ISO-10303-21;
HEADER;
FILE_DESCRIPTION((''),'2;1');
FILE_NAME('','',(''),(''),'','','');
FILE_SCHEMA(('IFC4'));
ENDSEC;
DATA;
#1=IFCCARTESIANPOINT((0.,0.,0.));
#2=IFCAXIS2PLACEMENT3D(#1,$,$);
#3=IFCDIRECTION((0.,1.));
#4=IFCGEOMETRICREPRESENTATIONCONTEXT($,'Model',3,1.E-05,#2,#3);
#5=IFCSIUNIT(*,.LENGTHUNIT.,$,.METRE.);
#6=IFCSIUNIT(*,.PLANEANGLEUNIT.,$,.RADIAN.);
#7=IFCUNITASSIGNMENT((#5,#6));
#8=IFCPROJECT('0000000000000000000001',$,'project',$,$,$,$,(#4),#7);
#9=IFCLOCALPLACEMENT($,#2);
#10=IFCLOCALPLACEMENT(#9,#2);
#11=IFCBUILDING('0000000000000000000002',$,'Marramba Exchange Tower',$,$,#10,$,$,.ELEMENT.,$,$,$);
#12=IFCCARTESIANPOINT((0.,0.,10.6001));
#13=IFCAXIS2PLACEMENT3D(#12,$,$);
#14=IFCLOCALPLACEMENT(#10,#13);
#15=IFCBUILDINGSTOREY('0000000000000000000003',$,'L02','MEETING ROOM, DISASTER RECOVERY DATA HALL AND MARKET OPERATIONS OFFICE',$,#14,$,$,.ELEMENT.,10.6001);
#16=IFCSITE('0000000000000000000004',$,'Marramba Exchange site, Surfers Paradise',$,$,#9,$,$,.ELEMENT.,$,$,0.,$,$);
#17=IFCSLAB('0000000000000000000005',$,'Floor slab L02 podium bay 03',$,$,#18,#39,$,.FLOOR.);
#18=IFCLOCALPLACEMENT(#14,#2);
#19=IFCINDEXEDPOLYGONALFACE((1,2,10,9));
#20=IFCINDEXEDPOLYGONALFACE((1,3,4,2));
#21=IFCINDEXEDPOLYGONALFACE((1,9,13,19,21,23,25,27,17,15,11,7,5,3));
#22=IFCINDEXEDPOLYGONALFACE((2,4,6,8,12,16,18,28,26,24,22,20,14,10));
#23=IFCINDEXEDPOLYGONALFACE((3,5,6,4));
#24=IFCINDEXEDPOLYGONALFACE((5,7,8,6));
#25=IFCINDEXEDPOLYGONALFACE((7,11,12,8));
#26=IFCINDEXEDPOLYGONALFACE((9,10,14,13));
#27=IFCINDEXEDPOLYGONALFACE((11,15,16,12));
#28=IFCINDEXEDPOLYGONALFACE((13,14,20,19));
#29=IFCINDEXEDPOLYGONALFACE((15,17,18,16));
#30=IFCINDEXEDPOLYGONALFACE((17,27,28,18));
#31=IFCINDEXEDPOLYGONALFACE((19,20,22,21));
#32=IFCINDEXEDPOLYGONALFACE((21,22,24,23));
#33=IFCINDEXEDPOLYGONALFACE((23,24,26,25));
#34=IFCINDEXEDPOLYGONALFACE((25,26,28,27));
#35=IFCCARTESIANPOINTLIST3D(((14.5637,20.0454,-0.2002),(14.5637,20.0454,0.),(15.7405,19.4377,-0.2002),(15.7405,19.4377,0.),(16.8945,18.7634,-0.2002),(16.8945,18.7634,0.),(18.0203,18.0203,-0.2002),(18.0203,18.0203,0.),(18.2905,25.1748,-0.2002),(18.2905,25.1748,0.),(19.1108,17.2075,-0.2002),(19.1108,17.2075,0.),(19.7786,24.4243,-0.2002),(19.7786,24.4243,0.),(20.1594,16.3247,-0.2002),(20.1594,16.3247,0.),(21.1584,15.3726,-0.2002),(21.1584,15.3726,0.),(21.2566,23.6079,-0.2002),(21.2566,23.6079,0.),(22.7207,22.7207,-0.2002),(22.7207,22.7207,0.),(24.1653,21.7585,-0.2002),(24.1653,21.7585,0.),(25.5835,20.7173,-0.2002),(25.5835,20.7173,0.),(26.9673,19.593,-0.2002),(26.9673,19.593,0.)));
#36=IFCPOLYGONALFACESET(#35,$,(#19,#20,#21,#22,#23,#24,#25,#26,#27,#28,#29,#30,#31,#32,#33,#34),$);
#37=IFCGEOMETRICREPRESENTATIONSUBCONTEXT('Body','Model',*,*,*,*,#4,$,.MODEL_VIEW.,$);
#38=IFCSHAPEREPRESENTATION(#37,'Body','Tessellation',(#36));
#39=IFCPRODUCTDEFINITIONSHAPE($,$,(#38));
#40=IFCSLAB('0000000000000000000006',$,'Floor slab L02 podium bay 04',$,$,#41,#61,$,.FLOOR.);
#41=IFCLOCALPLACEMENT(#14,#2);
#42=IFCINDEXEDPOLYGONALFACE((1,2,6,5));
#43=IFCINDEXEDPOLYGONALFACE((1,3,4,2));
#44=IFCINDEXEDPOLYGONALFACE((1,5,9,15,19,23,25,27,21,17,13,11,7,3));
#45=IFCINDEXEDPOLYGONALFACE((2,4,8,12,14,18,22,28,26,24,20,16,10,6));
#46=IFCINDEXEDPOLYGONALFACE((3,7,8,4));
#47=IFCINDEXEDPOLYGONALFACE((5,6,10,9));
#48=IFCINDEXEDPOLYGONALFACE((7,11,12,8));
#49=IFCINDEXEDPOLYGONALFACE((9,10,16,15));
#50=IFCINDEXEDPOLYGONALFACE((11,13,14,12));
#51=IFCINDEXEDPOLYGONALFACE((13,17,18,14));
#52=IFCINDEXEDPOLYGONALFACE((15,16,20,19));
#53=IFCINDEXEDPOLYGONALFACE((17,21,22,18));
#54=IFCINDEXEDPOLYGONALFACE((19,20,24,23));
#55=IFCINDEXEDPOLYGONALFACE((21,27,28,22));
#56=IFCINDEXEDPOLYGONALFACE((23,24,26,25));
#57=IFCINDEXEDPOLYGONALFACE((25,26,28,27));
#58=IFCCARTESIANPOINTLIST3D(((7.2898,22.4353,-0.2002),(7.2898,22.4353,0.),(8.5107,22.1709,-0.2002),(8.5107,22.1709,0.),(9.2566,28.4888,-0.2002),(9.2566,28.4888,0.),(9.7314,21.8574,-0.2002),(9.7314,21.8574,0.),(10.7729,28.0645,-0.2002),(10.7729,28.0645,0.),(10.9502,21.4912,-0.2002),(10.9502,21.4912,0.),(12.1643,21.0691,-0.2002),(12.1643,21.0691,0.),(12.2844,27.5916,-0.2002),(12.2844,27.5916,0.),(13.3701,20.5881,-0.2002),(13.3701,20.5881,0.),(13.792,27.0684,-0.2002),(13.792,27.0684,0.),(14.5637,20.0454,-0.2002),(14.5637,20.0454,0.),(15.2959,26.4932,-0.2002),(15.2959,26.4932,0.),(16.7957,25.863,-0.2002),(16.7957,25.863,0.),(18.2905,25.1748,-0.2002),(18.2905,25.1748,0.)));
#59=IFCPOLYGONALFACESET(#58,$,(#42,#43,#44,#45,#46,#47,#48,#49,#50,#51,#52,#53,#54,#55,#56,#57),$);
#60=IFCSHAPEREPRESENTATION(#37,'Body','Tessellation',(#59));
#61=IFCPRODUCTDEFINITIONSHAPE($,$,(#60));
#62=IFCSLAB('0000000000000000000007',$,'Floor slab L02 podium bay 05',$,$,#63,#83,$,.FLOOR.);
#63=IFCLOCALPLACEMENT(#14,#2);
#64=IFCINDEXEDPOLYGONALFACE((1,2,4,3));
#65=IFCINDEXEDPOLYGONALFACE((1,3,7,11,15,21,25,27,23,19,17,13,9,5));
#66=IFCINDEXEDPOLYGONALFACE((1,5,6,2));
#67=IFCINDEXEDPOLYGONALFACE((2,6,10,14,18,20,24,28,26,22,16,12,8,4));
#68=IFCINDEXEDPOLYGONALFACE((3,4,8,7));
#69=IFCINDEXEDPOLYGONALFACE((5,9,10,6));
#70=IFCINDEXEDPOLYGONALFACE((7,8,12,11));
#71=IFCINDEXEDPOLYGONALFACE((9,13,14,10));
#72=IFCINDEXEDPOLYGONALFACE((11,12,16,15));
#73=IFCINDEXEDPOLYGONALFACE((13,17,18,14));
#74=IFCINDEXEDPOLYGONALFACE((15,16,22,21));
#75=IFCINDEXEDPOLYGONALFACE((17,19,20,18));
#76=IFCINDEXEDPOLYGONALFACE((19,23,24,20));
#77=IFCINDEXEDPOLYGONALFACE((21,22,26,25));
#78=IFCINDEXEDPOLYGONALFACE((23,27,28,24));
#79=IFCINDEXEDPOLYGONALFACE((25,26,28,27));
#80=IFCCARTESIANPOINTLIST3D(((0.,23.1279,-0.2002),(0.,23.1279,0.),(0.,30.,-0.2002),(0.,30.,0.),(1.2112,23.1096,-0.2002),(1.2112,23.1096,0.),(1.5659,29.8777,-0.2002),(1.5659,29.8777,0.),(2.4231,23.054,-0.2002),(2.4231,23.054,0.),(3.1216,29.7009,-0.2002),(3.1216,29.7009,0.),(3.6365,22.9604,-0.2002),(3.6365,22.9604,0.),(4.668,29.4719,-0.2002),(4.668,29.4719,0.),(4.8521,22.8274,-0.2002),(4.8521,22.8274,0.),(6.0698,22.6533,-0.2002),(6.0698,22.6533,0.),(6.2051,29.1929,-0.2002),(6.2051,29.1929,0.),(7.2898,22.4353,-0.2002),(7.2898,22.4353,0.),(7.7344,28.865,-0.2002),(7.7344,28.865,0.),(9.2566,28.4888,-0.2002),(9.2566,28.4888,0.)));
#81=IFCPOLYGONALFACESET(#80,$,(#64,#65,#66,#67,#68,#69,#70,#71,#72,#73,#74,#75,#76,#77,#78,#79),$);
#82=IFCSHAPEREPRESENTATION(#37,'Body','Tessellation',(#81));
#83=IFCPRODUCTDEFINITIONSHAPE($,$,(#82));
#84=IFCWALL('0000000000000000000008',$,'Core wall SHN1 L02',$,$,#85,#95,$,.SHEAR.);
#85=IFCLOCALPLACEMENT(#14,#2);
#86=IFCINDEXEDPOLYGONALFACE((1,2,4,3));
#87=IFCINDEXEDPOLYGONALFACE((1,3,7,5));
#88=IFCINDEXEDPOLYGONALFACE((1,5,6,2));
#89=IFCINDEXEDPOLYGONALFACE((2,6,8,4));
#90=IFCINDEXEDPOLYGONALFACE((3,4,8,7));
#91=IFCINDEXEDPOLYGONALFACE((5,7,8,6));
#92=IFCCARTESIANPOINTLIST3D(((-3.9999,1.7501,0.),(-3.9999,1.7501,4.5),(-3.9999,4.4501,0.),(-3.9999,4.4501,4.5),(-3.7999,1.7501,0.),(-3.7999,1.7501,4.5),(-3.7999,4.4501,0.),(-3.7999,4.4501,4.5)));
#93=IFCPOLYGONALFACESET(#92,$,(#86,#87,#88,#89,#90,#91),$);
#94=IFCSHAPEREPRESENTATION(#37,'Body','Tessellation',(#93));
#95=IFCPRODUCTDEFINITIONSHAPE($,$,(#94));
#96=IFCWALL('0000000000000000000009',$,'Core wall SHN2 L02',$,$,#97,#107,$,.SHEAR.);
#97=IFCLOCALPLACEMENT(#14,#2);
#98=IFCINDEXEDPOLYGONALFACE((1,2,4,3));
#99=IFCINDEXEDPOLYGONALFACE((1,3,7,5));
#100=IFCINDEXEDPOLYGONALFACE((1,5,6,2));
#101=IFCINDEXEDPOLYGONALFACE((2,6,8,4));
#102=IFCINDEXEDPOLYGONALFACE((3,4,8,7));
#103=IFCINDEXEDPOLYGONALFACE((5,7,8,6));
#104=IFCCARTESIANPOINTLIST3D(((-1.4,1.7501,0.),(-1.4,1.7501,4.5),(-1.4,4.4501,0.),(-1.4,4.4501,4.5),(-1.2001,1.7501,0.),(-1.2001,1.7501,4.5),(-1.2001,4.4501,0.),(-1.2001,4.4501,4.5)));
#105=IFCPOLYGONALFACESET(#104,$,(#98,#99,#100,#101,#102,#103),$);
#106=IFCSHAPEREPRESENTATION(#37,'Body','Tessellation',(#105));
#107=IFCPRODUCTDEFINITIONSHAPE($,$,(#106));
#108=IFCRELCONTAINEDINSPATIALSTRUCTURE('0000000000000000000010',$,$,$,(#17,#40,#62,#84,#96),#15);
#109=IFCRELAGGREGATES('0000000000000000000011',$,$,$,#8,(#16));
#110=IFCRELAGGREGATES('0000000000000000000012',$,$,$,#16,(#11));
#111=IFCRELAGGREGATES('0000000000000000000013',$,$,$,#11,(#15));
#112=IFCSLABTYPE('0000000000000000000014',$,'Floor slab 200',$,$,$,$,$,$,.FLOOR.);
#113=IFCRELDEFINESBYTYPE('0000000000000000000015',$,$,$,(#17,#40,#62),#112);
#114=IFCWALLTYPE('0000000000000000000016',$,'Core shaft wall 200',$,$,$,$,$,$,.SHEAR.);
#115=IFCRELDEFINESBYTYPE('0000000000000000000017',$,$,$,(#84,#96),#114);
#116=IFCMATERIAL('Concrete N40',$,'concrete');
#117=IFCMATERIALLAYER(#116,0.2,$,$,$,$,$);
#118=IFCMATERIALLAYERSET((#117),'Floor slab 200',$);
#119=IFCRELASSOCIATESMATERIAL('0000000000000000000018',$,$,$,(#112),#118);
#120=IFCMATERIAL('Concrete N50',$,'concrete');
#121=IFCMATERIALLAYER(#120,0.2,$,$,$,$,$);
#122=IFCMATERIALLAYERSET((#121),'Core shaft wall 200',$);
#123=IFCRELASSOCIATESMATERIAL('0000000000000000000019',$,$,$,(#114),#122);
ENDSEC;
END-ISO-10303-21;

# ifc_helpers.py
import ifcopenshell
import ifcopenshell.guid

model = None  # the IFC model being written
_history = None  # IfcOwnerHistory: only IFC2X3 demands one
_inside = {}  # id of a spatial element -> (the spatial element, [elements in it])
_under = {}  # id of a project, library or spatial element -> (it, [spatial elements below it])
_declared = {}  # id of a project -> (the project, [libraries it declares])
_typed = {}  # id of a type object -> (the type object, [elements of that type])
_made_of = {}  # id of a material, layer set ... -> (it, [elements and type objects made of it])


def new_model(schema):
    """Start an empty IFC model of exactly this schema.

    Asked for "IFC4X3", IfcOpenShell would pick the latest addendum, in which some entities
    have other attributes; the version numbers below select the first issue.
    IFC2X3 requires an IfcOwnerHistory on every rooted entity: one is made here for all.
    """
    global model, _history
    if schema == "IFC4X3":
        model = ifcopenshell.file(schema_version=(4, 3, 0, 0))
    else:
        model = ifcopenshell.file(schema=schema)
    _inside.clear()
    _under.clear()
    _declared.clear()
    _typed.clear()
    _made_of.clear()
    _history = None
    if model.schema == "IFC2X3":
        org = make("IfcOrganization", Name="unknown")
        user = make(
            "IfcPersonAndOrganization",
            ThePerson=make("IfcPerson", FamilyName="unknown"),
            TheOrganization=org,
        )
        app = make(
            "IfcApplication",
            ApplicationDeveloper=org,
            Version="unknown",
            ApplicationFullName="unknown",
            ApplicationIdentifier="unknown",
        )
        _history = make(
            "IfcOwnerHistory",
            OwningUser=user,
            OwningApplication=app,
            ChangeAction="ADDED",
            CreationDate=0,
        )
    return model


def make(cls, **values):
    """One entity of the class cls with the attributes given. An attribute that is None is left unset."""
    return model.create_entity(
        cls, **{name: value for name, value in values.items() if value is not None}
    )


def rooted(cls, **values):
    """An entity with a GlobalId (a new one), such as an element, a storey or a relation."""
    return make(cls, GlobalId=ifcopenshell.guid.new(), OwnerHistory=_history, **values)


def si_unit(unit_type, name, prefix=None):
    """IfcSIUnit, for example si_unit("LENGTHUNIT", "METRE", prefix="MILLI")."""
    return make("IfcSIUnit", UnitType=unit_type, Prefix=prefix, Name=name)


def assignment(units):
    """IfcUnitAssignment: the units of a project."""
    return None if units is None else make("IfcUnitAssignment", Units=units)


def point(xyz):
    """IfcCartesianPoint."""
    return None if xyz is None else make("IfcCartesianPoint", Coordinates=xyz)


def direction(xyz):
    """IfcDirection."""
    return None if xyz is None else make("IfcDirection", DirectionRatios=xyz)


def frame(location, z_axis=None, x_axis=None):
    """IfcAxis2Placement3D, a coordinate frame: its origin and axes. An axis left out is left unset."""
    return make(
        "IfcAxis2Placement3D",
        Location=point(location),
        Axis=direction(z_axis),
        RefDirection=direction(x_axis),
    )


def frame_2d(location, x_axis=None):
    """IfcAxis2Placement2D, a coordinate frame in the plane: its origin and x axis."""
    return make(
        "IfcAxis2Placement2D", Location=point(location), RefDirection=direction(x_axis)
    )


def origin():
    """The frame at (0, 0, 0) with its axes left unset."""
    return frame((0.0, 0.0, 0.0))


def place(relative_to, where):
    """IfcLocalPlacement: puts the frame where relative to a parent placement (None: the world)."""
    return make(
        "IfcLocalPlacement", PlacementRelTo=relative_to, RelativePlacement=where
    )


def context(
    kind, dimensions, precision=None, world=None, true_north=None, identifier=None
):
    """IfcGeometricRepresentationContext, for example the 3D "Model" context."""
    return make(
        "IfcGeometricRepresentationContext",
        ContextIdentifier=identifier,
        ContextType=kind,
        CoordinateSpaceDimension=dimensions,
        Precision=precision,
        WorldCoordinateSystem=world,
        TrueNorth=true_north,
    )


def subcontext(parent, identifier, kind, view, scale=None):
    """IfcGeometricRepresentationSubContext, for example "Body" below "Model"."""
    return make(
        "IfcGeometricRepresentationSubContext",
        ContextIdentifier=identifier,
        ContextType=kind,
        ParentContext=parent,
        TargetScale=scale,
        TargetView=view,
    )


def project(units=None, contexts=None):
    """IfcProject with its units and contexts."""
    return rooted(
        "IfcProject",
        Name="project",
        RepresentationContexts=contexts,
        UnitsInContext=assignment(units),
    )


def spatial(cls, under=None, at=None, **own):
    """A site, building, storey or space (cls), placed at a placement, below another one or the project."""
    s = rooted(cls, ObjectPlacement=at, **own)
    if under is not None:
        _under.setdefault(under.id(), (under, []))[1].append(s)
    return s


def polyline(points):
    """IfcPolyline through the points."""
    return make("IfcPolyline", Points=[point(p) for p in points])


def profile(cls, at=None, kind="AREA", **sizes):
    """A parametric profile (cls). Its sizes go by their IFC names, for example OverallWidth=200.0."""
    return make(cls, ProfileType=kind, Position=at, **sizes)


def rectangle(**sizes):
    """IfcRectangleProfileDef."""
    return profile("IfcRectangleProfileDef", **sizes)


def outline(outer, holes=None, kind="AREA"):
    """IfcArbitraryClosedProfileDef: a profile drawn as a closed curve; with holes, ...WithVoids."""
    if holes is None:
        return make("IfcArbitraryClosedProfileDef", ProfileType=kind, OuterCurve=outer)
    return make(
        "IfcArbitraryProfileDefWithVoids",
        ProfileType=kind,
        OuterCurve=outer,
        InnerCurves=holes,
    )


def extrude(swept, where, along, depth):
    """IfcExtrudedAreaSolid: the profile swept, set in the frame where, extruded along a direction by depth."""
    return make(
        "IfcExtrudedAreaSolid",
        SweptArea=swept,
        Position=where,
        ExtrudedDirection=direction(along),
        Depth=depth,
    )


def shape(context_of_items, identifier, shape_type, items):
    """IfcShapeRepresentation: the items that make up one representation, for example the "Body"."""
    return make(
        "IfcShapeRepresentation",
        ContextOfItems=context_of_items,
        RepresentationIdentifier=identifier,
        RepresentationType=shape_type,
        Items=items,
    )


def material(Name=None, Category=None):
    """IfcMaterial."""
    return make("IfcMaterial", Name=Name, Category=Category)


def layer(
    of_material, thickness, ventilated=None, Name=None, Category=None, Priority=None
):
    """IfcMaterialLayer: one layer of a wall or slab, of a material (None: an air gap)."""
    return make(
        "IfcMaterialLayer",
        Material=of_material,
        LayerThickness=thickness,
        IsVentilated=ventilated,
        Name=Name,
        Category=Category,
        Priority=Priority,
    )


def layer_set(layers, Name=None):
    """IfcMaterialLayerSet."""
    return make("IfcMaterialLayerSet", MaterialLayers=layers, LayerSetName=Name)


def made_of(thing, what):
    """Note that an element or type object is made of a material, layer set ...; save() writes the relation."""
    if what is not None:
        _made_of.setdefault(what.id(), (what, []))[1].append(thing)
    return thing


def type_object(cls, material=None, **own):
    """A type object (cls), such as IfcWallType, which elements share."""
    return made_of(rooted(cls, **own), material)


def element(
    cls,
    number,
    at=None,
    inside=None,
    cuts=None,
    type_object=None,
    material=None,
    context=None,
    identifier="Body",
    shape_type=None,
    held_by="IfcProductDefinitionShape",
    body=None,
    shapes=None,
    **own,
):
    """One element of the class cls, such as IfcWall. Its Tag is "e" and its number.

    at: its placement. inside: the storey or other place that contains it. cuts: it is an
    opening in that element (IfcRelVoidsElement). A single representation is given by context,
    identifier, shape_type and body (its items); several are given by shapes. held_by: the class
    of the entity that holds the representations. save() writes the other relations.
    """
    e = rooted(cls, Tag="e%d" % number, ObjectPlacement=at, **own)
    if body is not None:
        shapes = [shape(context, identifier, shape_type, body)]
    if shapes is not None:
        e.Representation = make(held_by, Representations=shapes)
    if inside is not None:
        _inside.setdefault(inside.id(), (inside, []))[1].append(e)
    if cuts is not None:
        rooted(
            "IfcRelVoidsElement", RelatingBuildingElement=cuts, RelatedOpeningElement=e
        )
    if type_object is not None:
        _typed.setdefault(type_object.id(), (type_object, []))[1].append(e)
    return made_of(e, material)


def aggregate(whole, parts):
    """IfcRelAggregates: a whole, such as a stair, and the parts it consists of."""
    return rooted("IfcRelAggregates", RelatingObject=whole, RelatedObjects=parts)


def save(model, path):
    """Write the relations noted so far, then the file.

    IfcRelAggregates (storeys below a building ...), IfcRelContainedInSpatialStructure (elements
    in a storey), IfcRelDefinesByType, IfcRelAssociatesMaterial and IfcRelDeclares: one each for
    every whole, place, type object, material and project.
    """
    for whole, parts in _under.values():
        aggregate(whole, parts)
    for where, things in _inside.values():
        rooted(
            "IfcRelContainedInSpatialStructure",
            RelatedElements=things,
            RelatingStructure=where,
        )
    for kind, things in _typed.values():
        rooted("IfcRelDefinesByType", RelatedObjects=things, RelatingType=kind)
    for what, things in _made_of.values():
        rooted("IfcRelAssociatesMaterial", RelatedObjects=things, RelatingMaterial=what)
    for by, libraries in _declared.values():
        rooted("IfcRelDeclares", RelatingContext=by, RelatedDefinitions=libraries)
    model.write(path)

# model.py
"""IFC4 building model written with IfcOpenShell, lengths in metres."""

from ifc_helpers import new_model, si_unit, direction, frame, frame_2d, origin, place, context, subcontext, project, spatial, polyline, rectangle, outline, extrude, material, layer, layer_set, type_object, element, save


model = new_model("IFC4")

# Units and contexts
model_context = context("Model", 3, precision=1e-05, world=origin(), true_north=direction((0.0, 1.0)))
body_context = subcontext(model_context, "Body", "Model", "MODEL_VIEW")
ifc_project = project(units=[si_unit("LENGTHUNIT", "METRE"), si_unit("PLANEANGLEUNIT", "RADIAN")], contexts=[model_context])

# Site, building, storey
site_placement = place(None, origin())
site = spatial("IfcSite", under=ifc_project, at=site_placement, Name="Marramba Exchange site, Surfers Paradise", CompositionType="ELEMENT", RefElevation=0.0)
building_placement = place(site_placement, origin())
building = spatial("IfcBuilding", under=site, at=building_placement, Name="Marramba Exchange Tower", CompositionType="ELEMENT")
storey_placement = place(building_placement, frame((0.0, 0.0, 10.6001)))
storey = spatial("IfcBuildingStorey", under=building, at=storey_placement, Name="L02", Description="MEETING ROOM, DISASTER RECOVERY DATA HALL AND MARKET OPERATIONS OFFICE", CompositionType="ELEMENT", Elevation=10.6001)

# Slabs
ifc_material_1 = material(Name="Concrete N40", Category="concrete")
ifc_layer_1 = layer(ifc_material_1, 0.2)
ifc_layer_set_1 = layer_set([ifc_layer_1], Name="Floor slab 200")
slab_type = type_object("IfcSlabType", Name="Floor slab 200", PredefinedType="FLOOR", material=ifc_layer_set_1)
slab_1_placement = place(storey_placement, frame((0.0, 0.0, -0.2002)))
element("IfcSlab", 1, at=slab_1_placement, inside=storey, type_object=slab_type, Name="Floor slab L02 podium bay 03", PredefinedType="FLOOR", context=body_context, shape_type="SweptSolid", body=[
    extrude(outline(polyline([(19.7786, 24.4243), (21.2566, 23.6079), (22.7207, 22.7207), (24.1653, 21.7585), (25.5835, 20.7173), (26.9673, 19.593), (21.1584, 15.3726), (20.1594, 16.3247), (19.1108, 17.2075), (18.0203, 18.0203), (16.8945, 18.7634), (15.7405, 19.4377), (14.5637, 20.0454), (18.2905, 25.1748), (19.7786, 24.4243)])), origin(), (0.0, 0.0, 1.0), 0.2002),
])
slab_2_placement = place(storey_placement, frame((0.0, 0.0, -0.2002)))
element("IfcSlab", 2, at=slab_2_placement, inside=storey, type_object=slab_type, Name="Floor slab L02 podium bay 04", PredefinedType="FLOOR", context=body_context, shape_type="SweptSolid", body=[
    extrude(outline(polyline([(10.7729, 28.0645), (12.2844, 27.5916), (13.792, 27.0684), (15.2959, 26.4932), (16.7957, 25.863), (18.2905, 25.1748), (14.5637, 20.0454), (13.3701, 20.5881), (12.1643, 21.0691), (10.9502, 21.4912), (9.7314, 21.8574), (8.5107, 22.1709), (7.2898, 22.4353), (9.2566, 28.4888), (10.7729, 28.0645)])), origin(), (0.0, 0.0, 1.0), 0.2002),
])
slab_3_placement = place(storey_placement, frame((0.0, 0.0, -0.2002)))
element("IfcSlab", 3, at=slab_3_placement, inside=storey, type_object=slab_type, Name="Floor slab L02 podium bay 05", PredefinedType="FLOOR", context=body_context, shape_type="SweptSolid", body=[
    extrude(outline(polyline([(1.5659, 29.8777), (3.1216, 29.7009), (4.668, 29.4719), (6.2051, 29.1929), (7.7344, 28.865), (9.2566, 28.4888), (7.2898, 22.4353), (6.0698, 22.6533), (4.8521, 22.8274), (3.6365, 22.9604), (2.4231, 23.054), (1.2112, 23.1096), (0.0, 23.1279), (0.0, 30.0), (1.5659, 29.8777)])), origin(), (0.0, 0.0, 1.0), 0.2002),
])

# Walls
ifc_material_2 = material(Name="Concrete N50", Category="concrete")
ifc_layer_2 = layer(ifc_material_2, 0.2)
ifc_layer_set_2 = layer_set([ifc_layer_2], Name="Core shaft wall 200")
wall_type_1 = type_object("IfcWallType", Name="Core shaft wall 200", PredefinedType="SHEAR", material=ifc_layer_set_2)
for number, where, z_axis, x_axis, name in (
    (4, (-3.8999, 1.75, 0.0), (0.0, 0.0, 1.0), (0.0, 1.0, 0.0), "Core wall SHN1 L02"),
    (5, (-1.3, 1.75, 0.0), (0.0, 0.0, 1.0), (0.0, 1.0, 0.0), "Core wall SHN2 L02"),
):
    element("IfcWall", number, at=place(storey_placement, frame(where, z_axis=z_axis, x_axis=x_axis)), inside=storey, type_object=wall_type_1, Name=name, PredefinedType="SHEAR", context=body_context, shape_type="SweptSolid", body=[
        extrude(rectangle(XDim=2.7, YDim=0.2, at=frame_2d((1.3501, 0.0))), origin(), (0.0, 0.0, 1.0), 4.5),
    ])

save(model, "model.ifc")
